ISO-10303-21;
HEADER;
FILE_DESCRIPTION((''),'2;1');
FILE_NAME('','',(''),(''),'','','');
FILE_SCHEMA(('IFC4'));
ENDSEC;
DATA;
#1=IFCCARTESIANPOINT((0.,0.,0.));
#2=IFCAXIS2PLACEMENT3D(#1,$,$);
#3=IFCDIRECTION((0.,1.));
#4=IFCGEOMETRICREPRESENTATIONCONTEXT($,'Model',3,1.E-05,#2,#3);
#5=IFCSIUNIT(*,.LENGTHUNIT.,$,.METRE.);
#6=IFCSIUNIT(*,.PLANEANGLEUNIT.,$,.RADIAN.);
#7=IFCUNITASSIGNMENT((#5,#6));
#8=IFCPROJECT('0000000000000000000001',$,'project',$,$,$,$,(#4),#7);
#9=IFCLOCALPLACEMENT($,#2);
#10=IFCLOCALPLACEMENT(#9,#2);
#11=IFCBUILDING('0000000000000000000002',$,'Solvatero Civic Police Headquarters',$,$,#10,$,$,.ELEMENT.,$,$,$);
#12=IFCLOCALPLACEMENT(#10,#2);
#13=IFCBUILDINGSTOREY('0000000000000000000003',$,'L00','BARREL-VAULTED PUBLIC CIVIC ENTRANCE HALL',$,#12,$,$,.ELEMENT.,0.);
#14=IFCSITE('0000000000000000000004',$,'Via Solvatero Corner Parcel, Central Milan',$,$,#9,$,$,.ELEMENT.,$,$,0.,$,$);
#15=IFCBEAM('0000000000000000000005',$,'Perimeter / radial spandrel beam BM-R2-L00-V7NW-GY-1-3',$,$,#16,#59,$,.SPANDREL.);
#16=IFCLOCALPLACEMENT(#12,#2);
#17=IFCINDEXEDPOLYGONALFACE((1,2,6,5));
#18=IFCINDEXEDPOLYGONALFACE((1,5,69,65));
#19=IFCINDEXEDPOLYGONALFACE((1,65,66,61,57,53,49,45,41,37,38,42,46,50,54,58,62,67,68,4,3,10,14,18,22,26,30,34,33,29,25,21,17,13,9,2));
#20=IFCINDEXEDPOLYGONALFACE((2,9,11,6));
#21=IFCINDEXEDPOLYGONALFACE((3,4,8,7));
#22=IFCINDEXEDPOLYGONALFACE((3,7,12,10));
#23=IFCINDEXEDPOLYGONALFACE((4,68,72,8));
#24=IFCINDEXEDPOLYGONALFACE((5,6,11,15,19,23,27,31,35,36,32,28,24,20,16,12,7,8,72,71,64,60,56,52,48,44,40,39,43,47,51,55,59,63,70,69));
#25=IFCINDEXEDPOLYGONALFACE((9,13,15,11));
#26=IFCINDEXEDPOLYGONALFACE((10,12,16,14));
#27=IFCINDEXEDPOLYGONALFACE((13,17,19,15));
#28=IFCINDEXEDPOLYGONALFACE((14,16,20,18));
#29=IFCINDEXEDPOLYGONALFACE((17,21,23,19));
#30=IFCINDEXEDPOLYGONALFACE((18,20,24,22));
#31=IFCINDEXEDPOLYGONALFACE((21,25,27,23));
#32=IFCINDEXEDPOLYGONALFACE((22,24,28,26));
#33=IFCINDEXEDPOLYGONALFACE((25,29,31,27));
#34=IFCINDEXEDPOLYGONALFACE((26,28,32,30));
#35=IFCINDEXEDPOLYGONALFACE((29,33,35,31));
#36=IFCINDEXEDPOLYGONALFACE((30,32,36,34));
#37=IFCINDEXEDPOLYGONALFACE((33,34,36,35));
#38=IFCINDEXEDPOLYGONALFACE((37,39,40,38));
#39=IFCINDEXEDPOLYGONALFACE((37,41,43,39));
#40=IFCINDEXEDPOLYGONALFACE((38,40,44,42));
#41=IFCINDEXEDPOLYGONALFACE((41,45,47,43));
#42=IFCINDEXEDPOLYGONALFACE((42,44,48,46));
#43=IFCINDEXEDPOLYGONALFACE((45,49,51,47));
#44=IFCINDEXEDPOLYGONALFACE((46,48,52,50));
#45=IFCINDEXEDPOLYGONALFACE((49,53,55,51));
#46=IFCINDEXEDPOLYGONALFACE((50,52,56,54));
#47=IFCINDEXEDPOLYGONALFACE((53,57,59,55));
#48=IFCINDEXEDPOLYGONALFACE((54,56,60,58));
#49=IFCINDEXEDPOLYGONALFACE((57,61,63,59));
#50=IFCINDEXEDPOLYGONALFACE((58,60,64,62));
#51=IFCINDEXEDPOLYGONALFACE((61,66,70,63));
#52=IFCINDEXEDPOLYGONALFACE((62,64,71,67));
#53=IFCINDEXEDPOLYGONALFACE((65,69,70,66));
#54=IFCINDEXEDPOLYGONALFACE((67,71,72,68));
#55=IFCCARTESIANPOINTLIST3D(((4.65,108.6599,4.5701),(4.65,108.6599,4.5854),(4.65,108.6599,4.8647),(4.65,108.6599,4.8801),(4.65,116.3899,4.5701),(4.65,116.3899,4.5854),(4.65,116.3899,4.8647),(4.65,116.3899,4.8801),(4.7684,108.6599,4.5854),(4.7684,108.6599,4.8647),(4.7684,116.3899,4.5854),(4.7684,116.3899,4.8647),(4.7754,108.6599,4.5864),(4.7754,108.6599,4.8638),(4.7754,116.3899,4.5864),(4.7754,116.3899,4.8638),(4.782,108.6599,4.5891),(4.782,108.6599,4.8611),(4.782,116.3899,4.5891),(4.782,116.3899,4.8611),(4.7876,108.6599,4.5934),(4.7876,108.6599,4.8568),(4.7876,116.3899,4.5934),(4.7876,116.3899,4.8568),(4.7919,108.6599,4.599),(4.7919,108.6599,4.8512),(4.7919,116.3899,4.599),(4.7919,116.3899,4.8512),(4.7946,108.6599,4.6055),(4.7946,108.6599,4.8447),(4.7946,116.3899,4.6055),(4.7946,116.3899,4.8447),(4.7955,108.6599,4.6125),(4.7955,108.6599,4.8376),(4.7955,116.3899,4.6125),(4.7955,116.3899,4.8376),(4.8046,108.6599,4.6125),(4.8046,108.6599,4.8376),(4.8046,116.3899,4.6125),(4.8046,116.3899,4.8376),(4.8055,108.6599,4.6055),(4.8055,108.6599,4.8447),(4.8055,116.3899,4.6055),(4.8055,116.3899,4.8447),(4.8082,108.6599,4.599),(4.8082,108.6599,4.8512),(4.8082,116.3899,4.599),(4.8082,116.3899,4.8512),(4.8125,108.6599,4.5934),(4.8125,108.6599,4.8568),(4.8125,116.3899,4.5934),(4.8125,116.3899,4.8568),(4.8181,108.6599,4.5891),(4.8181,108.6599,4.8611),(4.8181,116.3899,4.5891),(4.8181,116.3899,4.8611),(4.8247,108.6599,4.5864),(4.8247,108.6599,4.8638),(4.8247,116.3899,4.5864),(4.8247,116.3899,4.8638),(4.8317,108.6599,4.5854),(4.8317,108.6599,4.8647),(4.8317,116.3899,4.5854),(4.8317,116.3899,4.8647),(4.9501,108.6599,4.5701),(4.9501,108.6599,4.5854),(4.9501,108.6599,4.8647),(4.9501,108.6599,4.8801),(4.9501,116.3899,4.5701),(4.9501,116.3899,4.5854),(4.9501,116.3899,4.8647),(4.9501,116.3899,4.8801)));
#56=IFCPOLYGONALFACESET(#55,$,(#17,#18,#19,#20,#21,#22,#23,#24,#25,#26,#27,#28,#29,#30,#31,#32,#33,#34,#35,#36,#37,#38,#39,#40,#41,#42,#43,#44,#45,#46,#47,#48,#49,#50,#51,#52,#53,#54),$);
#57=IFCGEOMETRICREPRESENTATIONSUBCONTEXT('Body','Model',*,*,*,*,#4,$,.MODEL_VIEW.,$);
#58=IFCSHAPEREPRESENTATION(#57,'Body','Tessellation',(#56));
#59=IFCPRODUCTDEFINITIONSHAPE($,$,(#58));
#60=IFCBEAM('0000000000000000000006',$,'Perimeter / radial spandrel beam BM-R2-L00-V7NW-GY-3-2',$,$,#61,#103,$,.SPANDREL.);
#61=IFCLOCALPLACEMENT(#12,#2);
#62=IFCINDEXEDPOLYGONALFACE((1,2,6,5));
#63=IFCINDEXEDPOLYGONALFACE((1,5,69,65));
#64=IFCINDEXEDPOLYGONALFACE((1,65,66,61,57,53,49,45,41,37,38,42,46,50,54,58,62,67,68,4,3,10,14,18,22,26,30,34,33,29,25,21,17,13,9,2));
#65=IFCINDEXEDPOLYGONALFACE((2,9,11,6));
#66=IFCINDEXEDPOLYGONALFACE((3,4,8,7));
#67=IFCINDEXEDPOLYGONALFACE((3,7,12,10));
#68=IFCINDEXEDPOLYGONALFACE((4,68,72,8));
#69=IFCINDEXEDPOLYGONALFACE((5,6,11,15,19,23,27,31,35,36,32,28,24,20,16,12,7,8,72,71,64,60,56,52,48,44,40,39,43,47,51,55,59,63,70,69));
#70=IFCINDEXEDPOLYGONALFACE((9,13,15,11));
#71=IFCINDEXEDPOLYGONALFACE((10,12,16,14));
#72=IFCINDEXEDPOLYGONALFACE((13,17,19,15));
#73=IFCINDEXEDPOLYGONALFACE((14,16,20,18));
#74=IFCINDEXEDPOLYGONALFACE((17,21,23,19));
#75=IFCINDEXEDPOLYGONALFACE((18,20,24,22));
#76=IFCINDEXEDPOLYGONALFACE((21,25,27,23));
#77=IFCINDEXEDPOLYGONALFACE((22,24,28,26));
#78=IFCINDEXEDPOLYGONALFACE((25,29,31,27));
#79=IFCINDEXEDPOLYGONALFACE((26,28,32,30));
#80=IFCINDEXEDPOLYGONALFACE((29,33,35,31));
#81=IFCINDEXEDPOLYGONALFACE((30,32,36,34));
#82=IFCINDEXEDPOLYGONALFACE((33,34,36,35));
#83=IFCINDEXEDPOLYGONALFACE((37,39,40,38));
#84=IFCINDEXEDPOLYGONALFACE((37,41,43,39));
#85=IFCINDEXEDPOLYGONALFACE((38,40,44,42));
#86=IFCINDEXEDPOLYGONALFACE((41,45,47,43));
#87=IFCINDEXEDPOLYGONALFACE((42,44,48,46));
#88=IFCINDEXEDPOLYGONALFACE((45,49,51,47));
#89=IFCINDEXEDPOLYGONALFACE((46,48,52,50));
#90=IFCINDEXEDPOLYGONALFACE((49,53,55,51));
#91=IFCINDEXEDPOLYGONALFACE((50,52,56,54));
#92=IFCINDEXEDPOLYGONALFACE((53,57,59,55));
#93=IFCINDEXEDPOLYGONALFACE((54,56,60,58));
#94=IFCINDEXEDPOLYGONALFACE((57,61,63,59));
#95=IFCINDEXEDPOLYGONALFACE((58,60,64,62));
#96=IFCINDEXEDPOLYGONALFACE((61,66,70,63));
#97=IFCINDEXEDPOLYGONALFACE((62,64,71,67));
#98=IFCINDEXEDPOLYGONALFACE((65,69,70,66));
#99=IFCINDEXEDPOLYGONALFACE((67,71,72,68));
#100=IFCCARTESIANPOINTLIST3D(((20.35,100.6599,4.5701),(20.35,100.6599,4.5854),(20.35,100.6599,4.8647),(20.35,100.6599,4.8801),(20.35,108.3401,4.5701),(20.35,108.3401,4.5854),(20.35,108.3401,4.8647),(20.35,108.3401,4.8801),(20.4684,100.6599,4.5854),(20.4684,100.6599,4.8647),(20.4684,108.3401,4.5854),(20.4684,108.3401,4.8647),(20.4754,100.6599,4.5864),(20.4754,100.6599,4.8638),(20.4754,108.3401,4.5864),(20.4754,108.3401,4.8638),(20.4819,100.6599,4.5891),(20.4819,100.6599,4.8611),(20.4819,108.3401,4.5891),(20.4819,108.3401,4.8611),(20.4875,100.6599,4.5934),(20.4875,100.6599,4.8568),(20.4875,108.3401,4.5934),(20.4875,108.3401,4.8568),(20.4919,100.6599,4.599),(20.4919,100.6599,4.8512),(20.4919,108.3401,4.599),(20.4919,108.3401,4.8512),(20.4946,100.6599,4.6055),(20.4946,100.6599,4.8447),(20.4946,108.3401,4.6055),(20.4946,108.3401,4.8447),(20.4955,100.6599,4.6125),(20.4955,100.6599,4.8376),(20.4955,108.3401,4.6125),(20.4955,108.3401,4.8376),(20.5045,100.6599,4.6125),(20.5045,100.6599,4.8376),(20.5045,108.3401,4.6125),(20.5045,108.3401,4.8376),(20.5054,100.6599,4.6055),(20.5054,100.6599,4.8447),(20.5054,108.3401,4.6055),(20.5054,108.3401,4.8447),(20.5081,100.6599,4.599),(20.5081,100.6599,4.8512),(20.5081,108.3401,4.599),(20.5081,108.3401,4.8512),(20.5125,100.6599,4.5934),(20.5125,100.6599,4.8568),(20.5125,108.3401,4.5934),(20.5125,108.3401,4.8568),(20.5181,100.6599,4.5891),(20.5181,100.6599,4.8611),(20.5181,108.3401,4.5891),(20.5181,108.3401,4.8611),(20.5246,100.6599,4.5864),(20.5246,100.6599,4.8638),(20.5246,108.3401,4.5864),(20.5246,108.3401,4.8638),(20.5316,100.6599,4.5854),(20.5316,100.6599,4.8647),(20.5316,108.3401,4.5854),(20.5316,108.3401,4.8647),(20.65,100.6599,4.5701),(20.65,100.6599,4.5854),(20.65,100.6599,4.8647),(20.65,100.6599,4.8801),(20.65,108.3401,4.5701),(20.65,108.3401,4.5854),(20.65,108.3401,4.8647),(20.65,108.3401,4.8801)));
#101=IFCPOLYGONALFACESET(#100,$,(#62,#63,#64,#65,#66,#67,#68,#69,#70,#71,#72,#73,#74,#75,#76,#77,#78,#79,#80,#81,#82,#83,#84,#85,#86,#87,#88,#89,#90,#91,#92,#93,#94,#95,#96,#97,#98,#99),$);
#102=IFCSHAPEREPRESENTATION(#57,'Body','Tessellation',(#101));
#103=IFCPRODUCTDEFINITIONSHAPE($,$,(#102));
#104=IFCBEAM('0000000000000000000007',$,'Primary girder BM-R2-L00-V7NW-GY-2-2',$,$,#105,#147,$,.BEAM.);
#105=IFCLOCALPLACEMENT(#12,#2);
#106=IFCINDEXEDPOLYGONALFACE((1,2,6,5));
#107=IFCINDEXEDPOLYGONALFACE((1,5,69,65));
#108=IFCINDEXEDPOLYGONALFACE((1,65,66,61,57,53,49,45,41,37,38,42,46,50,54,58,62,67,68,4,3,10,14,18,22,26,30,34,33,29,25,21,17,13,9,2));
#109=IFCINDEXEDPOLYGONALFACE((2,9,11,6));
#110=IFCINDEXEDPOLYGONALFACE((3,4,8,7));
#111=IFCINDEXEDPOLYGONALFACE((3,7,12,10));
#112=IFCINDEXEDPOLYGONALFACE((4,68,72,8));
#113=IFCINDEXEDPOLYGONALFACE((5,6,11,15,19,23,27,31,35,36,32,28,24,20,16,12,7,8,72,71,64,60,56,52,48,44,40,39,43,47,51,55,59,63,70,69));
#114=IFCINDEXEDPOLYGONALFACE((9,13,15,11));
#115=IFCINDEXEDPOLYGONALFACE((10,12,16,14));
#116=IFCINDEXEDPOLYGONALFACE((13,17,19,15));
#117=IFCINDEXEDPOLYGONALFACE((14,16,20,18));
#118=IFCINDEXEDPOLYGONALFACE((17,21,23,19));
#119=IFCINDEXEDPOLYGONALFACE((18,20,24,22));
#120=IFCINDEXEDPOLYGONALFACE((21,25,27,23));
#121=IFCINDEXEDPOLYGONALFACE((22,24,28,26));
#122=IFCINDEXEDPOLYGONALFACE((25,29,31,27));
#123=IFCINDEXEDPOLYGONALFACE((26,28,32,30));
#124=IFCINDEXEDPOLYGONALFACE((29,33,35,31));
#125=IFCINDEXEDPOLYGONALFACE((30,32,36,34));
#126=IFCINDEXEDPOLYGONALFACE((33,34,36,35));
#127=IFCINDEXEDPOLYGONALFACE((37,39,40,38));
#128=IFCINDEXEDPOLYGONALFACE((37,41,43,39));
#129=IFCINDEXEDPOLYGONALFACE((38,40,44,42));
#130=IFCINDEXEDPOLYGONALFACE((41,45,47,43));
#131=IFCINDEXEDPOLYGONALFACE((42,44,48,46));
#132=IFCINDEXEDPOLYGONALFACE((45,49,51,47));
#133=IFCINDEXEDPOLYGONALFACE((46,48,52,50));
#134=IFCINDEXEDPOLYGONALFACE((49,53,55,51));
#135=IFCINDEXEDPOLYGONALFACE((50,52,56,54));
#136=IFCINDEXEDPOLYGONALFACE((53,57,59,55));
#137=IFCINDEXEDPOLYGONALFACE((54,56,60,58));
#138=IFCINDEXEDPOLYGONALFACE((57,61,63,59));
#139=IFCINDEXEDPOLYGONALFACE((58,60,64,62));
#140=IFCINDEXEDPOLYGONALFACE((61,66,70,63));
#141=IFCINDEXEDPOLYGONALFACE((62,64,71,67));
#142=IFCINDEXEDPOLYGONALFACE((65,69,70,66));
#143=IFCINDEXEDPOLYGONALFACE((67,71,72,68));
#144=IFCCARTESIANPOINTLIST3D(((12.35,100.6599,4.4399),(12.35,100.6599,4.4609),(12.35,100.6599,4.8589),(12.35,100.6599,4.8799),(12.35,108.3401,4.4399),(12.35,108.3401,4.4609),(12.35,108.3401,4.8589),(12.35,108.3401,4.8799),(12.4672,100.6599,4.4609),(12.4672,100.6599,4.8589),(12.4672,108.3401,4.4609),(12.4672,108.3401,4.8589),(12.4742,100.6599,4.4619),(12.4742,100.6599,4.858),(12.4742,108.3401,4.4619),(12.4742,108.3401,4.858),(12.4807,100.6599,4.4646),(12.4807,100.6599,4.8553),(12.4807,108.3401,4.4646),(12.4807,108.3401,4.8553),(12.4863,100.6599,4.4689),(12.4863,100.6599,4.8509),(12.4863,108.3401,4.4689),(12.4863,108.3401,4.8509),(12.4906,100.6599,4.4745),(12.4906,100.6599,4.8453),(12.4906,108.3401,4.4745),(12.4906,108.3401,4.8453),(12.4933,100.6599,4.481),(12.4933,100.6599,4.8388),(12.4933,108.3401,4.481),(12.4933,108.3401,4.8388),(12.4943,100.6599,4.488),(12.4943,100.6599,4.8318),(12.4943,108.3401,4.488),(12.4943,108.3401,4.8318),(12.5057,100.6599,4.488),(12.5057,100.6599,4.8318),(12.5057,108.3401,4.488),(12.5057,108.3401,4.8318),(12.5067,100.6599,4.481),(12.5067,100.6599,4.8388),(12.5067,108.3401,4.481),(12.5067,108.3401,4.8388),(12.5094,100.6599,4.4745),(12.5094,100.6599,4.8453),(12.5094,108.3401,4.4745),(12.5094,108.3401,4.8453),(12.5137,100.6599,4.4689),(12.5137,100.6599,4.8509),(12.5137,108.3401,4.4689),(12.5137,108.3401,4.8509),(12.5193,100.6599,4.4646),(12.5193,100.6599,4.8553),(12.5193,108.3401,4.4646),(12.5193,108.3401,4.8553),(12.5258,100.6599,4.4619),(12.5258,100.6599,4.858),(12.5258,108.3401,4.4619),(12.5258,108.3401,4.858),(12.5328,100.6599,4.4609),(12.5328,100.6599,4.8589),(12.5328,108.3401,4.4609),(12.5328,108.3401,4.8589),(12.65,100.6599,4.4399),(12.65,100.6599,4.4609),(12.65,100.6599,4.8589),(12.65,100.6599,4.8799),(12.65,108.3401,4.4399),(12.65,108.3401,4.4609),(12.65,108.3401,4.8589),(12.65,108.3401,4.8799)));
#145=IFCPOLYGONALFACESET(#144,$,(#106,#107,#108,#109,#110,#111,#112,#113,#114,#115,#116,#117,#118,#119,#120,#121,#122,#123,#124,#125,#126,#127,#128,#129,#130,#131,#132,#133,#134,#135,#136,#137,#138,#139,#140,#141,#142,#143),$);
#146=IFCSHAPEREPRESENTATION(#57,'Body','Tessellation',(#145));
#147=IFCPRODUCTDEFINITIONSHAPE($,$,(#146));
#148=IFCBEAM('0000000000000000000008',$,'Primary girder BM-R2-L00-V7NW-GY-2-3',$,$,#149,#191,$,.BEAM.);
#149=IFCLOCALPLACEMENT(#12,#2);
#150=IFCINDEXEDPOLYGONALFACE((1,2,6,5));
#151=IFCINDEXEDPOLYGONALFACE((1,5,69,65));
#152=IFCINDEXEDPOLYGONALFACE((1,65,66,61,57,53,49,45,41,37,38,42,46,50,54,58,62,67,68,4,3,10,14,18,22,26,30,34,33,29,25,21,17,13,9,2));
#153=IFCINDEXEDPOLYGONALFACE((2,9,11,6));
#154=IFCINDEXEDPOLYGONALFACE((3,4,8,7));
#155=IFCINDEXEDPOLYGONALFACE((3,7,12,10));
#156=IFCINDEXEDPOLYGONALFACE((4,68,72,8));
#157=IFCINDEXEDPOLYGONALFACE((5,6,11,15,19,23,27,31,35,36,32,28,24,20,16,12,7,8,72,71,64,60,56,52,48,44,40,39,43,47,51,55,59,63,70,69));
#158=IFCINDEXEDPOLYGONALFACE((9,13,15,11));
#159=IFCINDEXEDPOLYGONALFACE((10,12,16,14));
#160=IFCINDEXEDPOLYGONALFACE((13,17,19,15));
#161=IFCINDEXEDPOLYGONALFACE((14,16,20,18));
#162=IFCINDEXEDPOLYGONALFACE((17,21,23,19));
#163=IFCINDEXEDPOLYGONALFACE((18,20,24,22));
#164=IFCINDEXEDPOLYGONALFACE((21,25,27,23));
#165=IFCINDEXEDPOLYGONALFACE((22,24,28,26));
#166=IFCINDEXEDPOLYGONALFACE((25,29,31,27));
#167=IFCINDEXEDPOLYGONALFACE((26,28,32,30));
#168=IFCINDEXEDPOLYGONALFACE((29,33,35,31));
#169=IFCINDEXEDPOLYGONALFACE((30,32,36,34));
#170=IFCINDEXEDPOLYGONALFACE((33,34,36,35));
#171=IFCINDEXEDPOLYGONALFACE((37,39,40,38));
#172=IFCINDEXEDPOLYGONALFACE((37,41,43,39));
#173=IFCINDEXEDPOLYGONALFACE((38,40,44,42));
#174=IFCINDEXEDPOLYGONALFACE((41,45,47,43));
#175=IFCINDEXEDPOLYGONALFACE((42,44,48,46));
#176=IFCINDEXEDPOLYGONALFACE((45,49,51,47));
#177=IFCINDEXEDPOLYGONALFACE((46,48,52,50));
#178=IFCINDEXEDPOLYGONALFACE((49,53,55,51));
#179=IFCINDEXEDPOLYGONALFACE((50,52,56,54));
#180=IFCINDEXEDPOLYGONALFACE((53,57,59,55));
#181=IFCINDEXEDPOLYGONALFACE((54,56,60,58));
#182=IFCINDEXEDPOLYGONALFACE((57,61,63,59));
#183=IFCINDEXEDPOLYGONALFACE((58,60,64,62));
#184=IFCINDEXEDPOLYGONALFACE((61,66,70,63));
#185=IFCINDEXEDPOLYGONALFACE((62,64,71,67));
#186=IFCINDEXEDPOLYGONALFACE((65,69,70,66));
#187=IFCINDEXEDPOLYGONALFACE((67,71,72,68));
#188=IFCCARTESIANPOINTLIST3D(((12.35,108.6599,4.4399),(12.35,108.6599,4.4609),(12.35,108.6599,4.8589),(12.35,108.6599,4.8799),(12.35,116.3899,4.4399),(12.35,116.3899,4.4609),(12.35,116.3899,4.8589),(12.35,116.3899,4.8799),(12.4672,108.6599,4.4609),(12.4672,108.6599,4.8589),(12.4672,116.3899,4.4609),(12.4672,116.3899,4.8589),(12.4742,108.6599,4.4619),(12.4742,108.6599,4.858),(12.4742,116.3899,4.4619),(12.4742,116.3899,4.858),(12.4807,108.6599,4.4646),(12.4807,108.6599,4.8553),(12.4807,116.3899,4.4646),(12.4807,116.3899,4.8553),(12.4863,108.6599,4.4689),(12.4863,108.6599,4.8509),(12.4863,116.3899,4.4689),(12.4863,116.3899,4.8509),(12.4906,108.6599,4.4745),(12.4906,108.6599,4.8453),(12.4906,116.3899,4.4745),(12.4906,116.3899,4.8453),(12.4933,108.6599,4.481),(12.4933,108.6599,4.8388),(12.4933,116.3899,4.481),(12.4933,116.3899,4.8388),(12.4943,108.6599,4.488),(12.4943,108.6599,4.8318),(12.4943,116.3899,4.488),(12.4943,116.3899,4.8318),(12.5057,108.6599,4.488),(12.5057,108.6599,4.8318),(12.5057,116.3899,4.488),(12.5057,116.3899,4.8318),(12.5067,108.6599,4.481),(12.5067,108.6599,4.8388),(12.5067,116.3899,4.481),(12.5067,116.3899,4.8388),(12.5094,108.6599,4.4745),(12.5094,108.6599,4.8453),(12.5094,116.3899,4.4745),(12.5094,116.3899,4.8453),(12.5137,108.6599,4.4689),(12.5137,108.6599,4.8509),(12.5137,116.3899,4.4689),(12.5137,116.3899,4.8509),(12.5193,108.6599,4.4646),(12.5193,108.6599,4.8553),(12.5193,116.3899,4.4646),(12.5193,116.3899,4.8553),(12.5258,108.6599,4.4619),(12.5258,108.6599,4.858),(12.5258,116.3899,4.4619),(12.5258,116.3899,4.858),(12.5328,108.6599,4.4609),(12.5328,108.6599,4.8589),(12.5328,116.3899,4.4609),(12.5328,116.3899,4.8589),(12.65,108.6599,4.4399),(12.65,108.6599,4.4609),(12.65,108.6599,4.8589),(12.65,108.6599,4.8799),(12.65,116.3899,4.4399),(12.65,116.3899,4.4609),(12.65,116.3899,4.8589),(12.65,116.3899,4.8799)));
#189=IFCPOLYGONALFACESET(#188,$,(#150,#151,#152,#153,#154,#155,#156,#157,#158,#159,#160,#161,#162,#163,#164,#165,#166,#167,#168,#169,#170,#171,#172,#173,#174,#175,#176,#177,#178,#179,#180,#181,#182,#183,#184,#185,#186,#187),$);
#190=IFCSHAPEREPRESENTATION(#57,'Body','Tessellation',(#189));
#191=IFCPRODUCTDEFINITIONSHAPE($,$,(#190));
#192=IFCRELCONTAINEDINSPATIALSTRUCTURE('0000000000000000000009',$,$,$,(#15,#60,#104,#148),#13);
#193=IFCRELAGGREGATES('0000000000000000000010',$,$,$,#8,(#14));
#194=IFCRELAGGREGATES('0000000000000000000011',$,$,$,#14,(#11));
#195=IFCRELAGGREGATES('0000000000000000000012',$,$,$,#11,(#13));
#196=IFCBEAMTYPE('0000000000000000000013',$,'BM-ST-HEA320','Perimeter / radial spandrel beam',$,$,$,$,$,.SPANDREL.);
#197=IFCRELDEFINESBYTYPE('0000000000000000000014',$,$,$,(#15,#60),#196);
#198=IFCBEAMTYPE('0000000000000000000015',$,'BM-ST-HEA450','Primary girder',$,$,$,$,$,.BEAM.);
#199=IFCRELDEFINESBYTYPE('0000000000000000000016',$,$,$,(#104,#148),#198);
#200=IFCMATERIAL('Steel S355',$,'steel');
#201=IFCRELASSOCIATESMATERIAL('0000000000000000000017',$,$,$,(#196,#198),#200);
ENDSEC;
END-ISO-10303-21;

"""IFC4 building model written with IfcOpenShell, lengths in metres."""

from ifc_helpers import new_model, si_unit, direction, frame, origin, origin_2d, place, context, subcontext, project, spatial, i_section, extrude, material, material_profile, profile_set, type_object, element, save


model = new_model("IFC4")

# Units and contexts
model_context = context("Model", 3, precision=1e-05, world=origin(), true_north=direction((0.0, 1.0)))
body_context = subcontext(model_context, "Body", "Model", "MODEL_VIEW")
ifc_project = project(units=[si_unit("LENGTHUNIT", "METRE"), si_unit("PLANEANGLEUNIT", "RADIAN")], contexts=[model_context])

# Site, building, storey
site_placement = place(None, origin())
site = spatial("IfcSite", under=ifc_project, at=site_placement, Name="Via Solvatero Corner Parcel, Central Milan", CompositionType="ELEMENT", RefElevation=0.0)
building_placement = place(site_placement, origin())
building = spatial("IfcBuilding", under=site, at=building_placement, Name="Solvatero Civic Police Headquarters", CompositionType="ELEMENT")
storey_placement = place(building_placement, origin())
storey = spatial("IfcBuildingStorey", under=building, at=storey_placement, Name="L00", Description="BARREL-VAULTED PUBLIC CIVIC ENTRANCE HALL", CompositionType="ELEMENT", Elevation=0.0)

# Beams
ifc_material_1 = material(Name="Steel S355", Category="steel")
ifc_material_profile_1 = material_profile(ifc_material_1, i_section(OverallWidth=0.3, OverallDepth=0.3101, WebThickness=0.009, FlangeThickness=0.0154, FilletRadius=0.0271, at=origin_2d()), Name="HEA 320")
ifc_profile_set_1 = profile_set([ifc_material_profile_1], Name="Steel S355")
beam_type_1 = type_object("IfcBeamType", Name="BM-ST-HEA320", Description="Perimeter / radial spandrel beam", PredefinedType="SPANDREL", material=ifc_profile_set_1)
beam_1_placement = place(storey_placement, frame((4.8, 108.6599, 4.7251), z_axis=(0.0, 1.0, 0.0), x_axis=(-1.0, 0.0, 0.0)))
element("IfcBeam", 1, at=beam_1_placement, inside=storey, type_object=beam_type_1, Name="Perimeter / radial spandrel beam BM-R2-L00-V7NW-GY-1-3", PredefinedType="SPANDREL", context=body_context, shape_type="SweptSolid", body=[
    extrude(i_section(OverallWidth=0.3, OverallDepth=0.3101, WebThickness=0.009, FlangeThickness=0.0154, FilletRadius=0.0271, at=origin_2d()), origin(), (0.0, 0.0, 1.0), 7.73),
])
beam_2_placement = place(storey_placement, frame((20.5, 100.6599, 4.7251), z_axis=(0.0, 1.0, 0.0), x_axis=(-1.0, 0.0, 0.0)))
element("IfcBeam", 2, at=beam_2_placement, inside=storey, type_object=beam_type_1, Name="Perimeter / radial spandrel beam BM-R2-L00-V7NW-GY-3-2", PredefinedType="SPANDREL", context=body_context, shape_type="SweptSolid", body=[
    extrude(i_section(OverallWidth=0.3, OverallDepth=0.3101, WebThickness=0.009, FlangeThickness=0.0154, FilletRadius=0.0271, at=origin_2d()), origin(), (0.0, 0.0, 1.0), 7.6802),
])
ifc_material_profile_2 = material_profile(ifc_material_1, i_section(OverallWidth=0.3, OverallDepth=0.4399, WebThickness=0.0115, FlangeThickness=0.021, FilletRadius=0.0271, at=origin_2d()), Name="HEA 450")
ifc_profile_set_2 = profile_set([ifc_material_profile_2], Name="Steel S355")
beam_type_2 = type_object("IfcBeamType", Name="BM-ST-HEA450", Description="Primary girder", PredefinedType="BEAM", material=ifc_profile_set_2)
beam_3_placement = place(storey_placement, frame((12.5, 100.6599, 4.6599), z_axis=(0.0, 1.0, 0.0), x_axis=(-1.0, 0.0, 0.0)))
element("IfcBeam", 3, at=beam_3_placement, inside=storey, type_object=beam_type_2, Name="Primary girder BM-R2-L00-V7NW-GY-2-2", PredefinedType="BEAM", context=body_context, shape_type="SweptSolid", body=[
    extrude(i_section(OverallWidth=0.3, OverallDepth=0.4399, WebThickness=0.0115, FlangeThickness=0.021, FilletRadius=0.0271, at=origin_2d()), origin(), (0.0, 0.0, 1.0), 7.6802),
])
beam_4_placement = place(storey_placement, frame((12.5, 108.6599, 4.6599), z_axis=(0.0, 1.0, 0.0), x_axis=(-1.0, 0.0, 0.0)))
element("IfcBeam", 4, at=beam_4_placement, inside=storey, type_object=beam_type_2, Name="Primary girder BM-R2-L00-V7NW-GY-2-3", PredefinedType="BEAM", context=body_context, shape_type="SweptSolid", body=[
    extrude(i_section(OverallWidth=0.3, OverallDepth=0.4399, WebThickness=0.0115, FlangeThickness=0.021, FilletRadius=0.0271, at=origin_2d()), origin(), (0.0, 0.0, 1.0), 7.73),
])

save(model, "model.ifc")
